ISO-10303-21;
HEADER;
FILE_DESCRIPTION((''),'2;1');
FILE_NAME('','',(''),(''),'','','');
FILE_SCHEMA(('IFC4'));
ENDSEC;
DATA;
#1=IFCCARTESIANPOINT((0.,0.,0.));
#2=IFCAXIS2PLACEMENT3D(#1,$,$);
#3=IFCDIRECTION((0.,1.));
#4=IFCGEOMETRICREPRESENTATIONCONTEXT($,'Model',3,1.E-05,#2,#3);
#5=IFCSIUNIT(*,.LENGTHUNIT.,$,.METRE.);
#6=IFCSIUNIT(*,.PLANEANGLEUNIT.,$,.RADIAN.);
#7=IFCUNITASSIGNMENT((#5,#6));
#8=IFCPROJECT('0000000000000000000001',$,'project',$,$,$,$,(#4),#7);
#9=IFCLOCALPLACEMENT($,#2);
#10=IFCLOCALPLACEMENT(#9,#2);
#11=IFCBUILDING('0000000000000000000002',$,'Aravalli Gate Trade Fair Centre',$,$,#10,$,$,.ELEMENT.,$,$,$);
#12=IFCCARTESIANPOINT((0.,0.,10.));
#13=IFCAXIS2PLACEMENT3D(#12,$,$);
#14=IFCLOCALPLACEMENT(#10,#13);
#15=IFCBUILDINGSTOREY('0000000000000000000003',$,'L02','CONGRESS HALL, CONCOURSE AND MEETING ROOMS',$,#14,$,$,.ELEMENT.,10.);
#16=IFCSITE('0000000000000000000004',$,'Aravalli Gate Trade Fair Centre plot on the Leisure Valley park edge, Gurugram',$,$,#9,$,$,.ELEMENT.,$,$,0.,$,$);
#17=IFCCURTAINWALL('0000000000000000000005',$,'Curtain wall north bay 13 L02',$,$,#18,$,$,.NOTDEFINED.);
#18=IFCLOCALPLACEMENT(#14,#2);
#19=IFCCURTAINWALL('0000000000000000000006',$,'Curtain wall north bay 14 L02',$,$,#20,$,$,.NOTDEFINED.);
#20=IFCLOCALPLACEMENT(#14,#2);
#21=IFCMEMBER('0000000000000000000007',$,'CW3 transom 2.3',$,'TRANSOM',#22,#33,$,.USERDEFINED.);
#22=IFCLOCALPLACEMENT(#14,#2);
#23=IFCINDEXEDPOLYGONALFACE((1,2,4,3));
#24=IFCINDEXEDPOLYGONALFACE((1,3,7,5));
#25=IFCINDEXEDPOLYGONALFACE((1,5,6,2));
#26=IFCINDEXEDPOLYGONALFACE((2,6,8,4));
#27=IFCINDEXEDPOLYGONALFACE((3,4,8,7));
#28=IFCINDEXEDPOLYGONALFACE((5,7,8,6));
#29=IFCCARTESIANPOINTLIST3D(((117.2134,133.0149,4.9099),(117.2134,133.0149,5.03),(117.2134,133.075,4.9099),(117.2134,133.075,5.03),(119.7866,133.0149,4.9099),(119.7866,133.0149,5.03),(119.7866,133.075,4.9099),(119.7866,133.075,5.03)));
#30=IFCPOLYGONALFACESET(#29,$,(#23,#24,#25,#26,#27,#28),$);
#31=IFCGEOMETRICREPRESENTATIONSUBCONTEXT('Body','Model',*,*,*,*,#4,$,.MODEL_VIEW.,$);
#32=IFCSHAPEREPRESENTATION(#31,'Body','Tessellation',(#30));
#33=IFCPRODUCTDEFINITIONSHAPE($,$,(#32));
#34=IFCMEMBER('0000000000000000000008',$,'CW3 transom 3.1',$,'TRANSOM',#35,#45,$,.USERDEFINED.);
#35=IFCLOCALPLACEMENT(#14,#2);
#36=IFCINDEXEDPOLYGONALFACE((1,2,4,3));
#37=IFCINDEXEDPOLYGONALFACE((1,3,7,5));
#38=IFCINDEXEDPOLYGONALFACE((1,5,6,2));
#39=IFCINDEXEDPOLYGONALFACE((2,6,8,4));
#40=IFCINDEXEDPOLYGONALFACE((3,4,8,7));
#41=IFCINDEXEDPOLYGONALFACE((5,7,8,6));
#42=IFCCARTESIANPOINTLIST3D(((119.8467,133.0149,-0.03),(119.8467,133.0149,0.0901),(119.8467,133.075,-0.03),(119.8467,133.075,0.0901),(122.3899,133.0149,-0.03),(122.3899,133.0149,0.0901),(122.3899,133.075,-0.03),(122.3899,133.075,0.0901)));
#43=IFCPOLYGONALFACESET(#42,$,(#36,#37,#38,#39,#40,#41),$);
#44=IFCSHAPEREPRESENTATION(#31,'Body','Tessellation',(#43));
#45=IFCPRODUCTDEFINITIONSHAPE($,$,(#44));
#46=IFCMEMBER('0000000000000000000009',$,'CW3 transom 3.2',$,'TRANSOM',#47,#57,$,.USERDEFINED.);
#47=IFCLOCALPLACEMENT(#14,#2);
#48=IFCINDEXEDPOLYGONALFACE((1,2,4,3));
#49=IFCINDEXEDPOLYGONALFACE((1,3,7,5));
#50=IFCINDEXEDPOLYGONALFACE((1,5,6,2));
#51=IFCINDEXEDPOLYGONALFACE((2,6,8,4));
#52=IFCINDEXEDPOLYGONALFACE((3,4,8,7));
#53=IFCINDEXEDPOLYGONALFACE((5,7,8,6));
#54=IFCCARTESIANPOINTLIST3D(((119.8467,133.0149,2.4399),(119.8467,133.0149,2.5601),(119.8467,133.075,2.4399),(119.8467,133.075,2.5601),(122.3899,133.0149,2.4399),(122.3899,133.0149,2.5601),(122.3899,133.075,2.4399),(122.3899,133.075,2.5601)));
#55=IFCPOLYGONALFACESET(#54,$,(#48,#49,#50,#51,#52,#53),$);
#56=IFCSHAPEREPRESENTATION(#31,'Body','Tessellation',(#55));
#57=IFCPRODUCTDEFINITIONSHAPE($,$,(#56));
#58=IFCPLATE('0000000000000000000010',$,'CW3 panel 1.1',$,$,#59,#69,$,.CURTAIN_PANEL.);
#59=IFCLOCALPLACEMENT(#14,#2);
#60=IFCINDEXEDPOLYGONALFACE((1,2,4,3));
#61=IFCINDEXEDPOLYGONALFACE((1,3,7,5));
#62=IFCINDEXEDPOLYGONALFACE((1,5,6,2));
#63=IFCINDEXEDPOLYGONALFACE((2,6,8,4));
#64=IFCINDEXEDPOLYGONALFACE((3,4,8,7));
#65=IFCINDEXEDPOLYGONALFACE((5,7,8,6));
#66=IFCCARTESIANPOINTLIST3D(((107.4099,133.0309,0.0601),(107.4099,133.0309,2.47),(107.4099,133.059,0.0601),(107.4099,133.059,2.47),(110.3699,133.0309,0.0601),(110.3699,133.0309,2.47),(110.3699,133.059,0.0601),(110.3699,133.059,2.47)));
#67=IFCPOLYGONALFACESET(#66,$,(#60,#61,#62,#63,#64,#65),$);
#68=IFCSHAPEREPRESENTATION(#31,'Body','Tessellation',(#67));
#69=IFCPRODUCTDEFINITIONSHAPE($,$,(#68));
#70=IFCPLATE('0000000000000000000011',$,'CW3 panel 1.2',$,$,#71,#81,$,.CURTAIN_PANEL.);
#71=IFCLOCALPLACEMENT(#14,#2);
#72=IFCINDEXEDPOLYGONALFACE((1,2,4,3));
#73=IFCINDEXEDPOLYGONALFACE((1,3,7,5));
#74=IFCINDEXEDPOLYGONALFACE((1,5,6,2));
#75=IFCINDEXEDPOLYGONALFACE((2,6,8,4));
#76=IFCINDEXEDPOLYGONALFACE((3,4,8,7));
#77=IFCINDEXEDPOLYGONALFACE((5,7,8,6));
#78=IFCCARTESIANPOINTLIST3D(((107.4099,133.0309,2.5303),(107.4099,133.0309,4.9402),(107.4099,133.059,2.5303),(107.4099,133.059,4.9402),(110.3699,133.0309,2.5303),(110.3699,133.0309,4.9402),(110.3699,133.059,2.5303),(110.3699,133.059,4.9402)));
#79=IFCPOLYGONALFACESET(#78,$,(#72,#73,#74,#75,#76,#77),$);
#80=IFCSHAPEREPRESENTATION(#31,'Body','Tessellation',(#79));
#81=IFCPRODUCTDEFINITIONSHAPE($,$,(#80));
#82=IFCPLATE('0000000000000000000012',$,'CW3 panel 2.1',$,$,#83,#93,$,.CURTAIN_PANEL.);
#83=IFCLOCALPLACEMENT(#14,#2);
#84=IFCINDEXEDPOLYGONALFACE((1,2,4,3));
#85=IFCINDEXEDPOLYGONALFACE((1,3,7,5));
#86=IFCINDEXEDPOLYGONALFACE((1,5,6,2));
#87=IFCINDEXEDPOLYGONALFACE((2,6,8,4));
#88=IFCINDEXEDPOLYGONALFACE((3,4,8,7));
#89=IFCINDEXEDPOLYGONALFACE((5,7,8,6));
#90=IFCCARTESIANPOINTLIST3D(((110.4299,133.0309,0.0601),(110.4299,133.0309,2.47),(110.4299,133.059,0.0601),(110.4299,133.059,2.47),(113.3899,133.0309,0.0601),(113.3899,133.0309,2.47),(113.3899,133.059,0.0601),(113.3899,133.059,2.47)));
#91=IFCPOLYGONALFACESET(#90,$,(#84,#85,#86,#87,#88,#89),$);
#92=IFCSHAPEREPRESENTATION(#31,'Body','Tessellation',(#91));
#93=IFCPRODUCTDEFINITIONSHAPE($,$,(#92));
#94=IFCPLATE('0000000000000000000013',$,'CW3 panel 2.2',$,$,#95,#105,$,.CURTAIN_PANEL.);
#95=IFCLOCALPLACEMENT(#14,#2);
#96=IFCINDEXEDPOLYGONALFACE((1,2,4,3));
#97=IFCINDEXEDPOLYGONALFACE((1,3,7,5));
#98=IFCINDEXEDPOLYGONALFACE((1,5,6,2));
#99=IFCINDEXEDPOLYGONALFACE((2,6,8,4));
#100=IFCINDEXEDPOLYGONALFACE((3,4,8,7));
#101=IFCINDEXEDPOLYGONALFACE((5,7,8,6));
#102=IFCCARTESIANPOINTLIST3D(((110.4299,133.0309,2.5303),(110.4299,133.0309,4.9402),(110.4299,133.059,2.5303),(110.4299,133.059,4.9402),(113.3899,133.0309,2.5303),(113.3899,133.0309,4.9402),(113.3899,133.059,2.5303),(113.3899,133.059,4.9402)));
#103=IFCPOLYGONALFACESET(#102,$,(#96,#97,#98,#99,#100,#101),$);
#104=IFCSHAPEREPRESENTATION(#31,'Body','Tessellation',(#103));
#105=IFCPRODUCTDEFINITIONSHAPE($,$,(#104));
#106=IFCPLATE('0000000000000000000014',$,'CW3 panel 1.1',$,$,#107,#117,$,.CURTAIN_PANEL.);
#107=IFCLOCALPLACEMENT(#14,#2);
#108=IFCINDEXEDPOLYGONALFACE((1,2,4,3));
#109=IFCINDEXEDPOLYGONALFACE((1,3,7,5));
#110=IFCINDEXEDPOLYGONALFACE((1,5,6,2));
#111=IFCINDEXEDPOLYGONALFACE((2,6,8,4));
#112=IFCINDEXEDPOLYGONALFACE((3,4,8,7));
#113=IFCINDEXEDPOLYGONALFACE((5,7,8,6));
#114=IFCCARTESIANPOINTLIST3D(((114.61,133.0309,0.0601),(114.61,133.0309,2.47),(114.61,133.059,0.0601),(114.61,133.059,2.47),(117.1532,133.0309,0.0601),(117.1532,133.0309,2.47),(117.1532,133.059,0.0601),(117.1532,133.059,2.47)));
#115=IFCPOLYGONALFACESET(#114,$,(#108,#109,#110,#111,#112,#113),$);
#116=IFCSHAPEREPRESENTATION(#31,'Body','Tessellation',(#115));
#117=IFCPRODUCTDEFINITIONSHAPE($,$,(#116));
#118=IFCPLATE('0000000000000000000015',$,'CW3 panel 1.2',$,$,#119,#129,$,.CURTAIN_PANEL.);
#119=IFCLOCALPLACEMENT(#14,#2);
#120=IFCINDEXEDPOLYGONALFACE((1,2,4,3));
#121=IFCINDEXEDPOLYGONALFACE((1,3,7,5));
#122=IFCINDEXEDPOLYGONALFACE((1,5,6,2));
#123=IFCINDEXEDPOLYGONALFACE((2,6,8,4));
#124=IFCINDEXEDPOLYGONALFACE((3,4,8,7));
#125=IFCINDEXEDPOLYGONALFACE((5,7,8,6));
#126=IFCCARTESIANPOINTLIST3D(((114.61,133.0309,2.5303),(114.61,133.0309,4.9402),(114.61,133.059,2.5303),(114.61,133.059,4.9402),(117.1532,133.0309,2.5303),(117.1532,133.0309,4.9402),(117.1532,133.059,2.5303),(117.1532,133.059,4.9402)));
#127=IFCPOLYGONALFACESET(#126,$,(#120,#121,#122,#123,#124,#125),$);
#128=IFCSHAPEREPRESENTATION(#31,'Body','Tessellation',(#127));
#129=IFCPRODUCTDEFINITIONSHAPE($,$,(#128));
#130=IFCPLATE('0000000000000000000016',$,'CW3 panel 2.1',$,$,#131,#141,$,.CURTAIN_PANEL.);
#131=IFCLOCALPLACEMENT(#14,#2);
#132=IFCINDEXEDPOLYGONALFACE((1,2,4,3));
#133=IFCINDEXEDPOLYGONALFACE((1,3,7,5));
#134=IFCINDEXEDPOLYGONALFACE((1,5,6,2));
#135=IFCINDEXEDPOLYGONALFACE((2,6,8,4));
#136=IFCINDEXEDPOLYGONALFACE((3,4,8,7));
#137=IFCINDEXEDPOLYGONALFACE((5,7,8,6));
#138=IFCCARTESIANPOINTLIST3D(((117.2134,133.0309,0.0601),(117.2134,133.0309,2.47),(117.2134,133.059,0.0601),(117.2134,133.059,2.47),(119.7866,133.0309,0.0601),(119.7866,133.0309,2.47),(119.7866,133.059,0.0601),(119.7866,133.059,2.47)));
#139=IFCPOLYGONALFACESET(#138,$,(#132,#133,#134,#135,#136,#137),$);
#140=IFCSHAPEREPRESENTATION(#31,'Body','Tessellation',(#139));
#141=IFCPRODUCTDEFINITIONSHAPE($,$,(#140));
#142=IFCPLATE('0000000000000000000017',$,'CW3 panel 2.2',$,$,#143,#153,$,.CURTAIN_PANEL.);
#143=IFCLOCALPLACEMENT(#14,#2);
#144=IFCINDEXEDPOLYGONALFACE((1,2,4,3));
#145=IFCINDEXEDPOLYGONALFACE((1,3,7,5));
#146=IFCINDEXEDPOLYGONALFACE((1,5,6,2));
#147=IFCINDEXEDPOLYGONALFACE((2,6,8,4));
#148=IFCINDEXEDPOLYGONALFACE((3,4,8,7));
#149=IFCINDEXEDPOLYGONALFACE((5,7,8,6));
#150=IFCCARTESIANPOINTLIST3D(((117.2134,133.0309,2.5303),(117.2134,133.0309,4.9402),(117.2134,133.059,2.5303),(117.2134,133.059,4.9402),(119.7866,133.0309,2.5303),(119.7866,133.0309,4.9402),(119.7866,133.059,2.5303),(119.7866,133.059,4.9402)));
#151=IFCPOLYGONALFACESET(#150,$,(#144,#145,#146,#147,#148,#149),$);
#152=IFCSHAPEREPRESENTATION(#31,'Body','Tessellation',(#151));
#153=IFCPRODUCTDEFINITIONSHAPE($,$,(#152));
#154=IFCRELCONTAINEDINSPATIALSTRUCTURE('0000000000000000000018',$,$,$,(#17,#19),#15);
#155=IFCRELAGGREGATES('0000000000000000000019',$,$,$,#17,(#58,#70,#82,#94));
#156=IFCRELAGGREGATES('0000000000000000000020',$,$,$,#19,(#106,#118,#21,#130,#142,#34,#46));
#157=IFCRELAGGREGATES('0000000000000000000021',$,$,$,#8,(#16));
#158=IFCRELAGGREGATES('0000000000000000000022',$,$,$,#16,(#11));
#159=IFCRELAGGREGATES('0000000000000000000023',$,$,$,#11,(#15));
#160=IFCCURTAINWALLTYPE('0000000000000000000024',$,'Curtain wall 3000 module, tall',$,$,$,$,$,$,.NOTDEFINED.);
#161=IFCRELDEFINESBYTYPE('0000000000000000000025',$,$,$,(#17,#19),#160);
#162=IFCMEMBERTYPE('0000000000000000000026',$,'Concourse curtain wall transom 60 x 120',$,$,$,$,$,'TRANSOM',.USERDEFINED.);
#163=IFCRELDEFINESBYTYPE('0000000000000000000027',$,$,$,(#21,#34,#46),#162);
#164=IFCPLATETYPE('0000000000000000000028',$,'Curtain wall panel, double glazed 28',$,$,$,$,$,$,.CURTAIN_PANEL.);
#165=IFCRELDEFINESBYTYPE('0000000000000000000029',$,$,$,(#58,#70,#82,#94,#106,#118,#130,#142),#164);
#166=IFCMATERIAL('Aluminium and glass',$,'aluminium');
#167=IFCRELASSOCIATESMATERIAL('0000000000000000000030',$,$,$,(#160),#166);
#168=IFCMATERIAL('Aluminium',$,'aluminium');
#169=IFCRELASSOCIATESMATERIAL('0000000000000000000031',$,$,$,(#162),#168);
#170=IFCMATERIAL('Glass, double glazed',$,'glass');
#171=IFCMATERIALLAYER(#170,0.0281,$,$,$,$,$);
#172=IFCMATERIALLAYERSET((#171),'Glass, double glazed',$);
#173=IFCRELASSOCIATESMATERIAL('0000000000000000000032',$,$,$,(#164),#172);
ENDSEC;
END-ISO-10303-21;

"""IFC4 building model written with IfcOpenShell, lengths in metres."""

from ifc_helpers import new_model, si_unit, direction, frame, origin, origin_2d, place, context, subcontext, project, spatial, rectangle, extrude, material, layer, layer_set, material_profile, profile_set, type_object, element, aggregate, save


model = new_model("IFC4")

# Units and contexts
model_context = context("Model", 3, precision=1e-05, world=origin(), true_north=direction((0.0, 1.0)))
body_context = subcontext(model_context, "Body", "Model", "MODEL_VIEW")
ifc_project = project(units=[si_unit("LENGTHUNIT", "METRE"), si_unit("PLANEANGLEUNIT", "RADIAN")], contexts=[model_context])

# Site, building, storey
site_placement = place(None, origin())
site = spatial("IfcSite", under=ifc_project, at=site_placement, Name="Aravalli Gate Trade Fair Centre plot on the Leisure Valley park edge, Gurugram", CompositionType="ELEMENT", RefElevation=0.0)
building_placement = place(site_placement, origin())
building = spatial("IfcBuilding", under=site, at=building_placement, Name="Aravalli Gate Trade Fair Centre", CompositionType="ELEMENT")
storey_placement = place(building_placement, frame((0.0, 0.0, 10.0)))
storey = spatial("IfcBuildingStorey", under=building, at=storey_placement, Name="L02", Description="CONGRESS HALL, CONCOURSE AND MEETING ROOMS", CompositionType="ELEMENT", Elevation=10.0)

# Curtain walls
ifc_material_1 = material(Name="Aluminium and glass", Category="aluminium")
curtain_wall_type = type_object("IfcCurtainWallType", Name="Curtain wall 3000 module, tall", PredefinedType="NOTDEFINED", material=ifc_material_1)
curtain_wall_1_placement = place(storey_placement, origin())
curtain_wall_1 = element("IfcCurtainWall", 1, at=curtain_wall_1_placement, inside=storey, type_object=curtain_wall_type, Name="Curtain wall north bay 13 L02", PredefinedType="NOTDEFINED")
ifc_material_2 = material(Name="Aluminium", Category="aluminium")
curtain_wall_2_placement = place(storey_placement, origin())
curtain_wall_2 = element("IfcCurtainWall", 2, at=curtain_wall_2_placement, inside=storey, type_object=curtain_wall_type, Name="Curtain wall north bay 14 L02", PredefinedType="NOTDEFINED")

# Members
ifc_material_profile_1 = material_profile(ifc_material_2, rectangle(XDim=0.0601, YDim=0.1201, at=origin_2d()), Name="Concourse curtain wall transom 60 x 120")
ifc_profile_set_1 = profile_set([ifc_material_profile_1], Name="Aluminium")
member_type_1 = type_object("IfcMemberType", Name="Concourse curtain wall transom 60 x 120", ElementType="TRANSOM", PredefinedType="USERDEFINED", material=ifc_profile_set_1)
member_1_placement = place(storey_placement, frame((117.2134, 133.0449, 4.97), z_axis=(1.0, 0.0, 0.0), x_axis=(0.0, 1.0, 0.0)))
member_1 = element("IfcMember", 3, at=member_1_placement, type_object=member_type_1, Name="CW3 transom 2.3", ObjectType="TRANSOM", PredefinedType="USERDEFINED", context=body_context, shape_type="SweptSolid", body=[
    extrude(rectangle(XDim=0.0601, YDim=0.1201, at=origin_2d()), origin(), (0.0, 0.0, 1.0), 2.5732),
])
member_2_placement = place(storey_placement, frame((119.8467, 133.0449, 0.03), z_axis=(1.0, 0.0, 0.0), x_axis=(0.0, 1.0, 0.0)))
member_2 = element("IfcMember", 4, at=member_2_placement, type_object=member_type_1, Name="CW3 transom 3.1", ObjectType="TRANSOM", PredefinedType="USERDEFINED", context=body_context, shape_type="SweptSolid", body=[
    extrude(rectangle(XDim=0.0601, YDim=0.1201, at=origin_2d()), origin(), (0.0, 0.0, 1.0), 2.5432),
])
member_3_placement = place(storey_placement, frame((119.8467, 133.0449, 2.5), z_axis=(1.0, 0.0, 0.0), x_axis=(0.0, 1.0, 0.0)))
member_3 = element("IfcMember", 5, at=member_3_placement, type_object=member_type_1, Name="CW3 transom 3.2", ObjectType="TRANSOM", PredefinedType="USERDEFINED", context=body_context, shape_type="SweptSolid", body=[
    extrude(rectangle(XDim=0.0601, YDim=0.1201, at=origin_2d()), origin(), (0.0, 0.0, 1.0), 2.5432),
])

# Plates
ifc_material_3 = material(Name="Glass, double glazed", Category="glass")
ifc_layer = layer(ifc_material_3, 0.0281)
ifc_layer_set = layer_set([ifc_layer], Name="Glass, double glazed")
plate_type = type_object("IfcPlateType", Name="Curtain wall panel, double glazed 28", PredefinedType="CURTAIN_PANEL", material=ifc_layer_set)
plate_1_placement = place(storey_placement, frame((108.8899, 133.0449, 0.0601), z_axis=(0.0, 0.0, 1.0), x_axis=(1.0, 0.0, 0.0)))
plate_1 = element("IfcPlate", 6, at=plate_1_placement, type_object=plate_type, Name="CW3 panel 1.1", PredefinedType="CURTAIN_PANEL", context=body_context, shape_type="SweptSolid", body=[
    extrude(rectangle(XDim=2.96, YDim=0.0281, at=origin_2d()), origin(), (0.0, 0.0, 1.0), 2.4099),
])
plate_2_placement = place(storey_placement, frame((108.8899, 133.0449, 2.5303), z_axis=(0.0, 0.0, 1.0), x_axis=(1.0, 0.0, 0.0)))
plate_2 = element("IfcPlate", 7, at=plate_2_placement, type_object=plate_type, Name="CW3 panel 1.2", PredefinedType="CURTAIN_PANEL", context=body_context, shape_type="SweptSolid", body=[
    extrude(rectangle(XDim=2.96, YDim=0.0281, at=origin_2d()), origin(), (0.0, 0.0, 1.0), 2.4099),
])
plate_3_placement = place(storey_placement, frame((111.9099, 133.0449, 0.0601), z_axis=(0.0, 0.0, 1.0), x_axis=(1.0, 0.0, 0.0)))
plate_3 = element("IfcPlate", 8, at=plate_3_placement, type_object=plate_type, Name="CW3 panel 2.1", PredefinedType="CURTAIN_PANEL", context=body_context, shape_type="SweptSolid", body=[
    extrude(rectangle(XDim=2.96, YDim=0.0281, at=origin_2d()), origin(), (0.0, 0.0, 1.0), 2.4099),
])
plate_4_placement = place(storey_placement, frame((111.9099, 133.0449, 2.5303), z_axis=(0.0, 0.0, 1.0), x_axis=(1.0, 0.0, 0.0)))
plate_4 = element("IfcPlate", 9, at=plate_4_placement, type_object=plate_type, Name="CW3 panel 2.2", PredefinedType="CURTAIN_PANEL", context=body_context, shape_type="SweptSolid", body=[
    extrude(rectangle(XDim=2.96, YDim=0.0281, at=origin_2d()), origin(), (0.0, 0.0, 1.0), 2.4099),
])
aggregate(curtain_wall_1, [plate_1, plate_2, plate_3, plate_4])
plate_5_placement = place(storey_placement, frame((115.8816, 133.0449, 0.0601), z_axis=(0.0, 0.0, 1.0), x_axis=(1.0, 0.0, 0.0)))
plate_5 = element("IfcPlate", 10, at=plate_5_placement, type_object=plate_type, Name="CW3 panel 1.1", PredefinedType="CURTAIN_PANEL", context=body_context, shape_type="SweptSolid", body=[
    extrude(rectangle(XDim=2.5432, YDim=0.0281, at=origin_2d()), origin(), (0.0, 0.0, 1.0), 2.4099),
])
plate_6_placement = place(storey_placement, frame((115.8816, 133.0449, 2.5303), z_axis=(0.0, 0.0, 1.0), x_axis=(1.0, 0.0, 0.0)))
plate_6 = element("IfcPlate", 11, at=plate_6_placement, type_object=plate_type, Name="CW3 panel 1.2", PredefinedType="CURTAIN_PANEL", context=body_context, shape_type="SweptSolid", body=[
    extrude(rectangle(XDim=2.5432, YDim=0.0281, at=origin_2d()), origin(), (0.0, 0.0, 1.0), 2.4099),
])
plate_7_placement = place(storey_placement, frame((118.5, 133.0449, 0.0601), z_axis=(0.0, 0.0, 1.0), x_axis=(1.0, 0.0, 0.0)))
plate_7 = element("IfcPlate", 12, at=plate_7_placement, type_object=plate_type, Name="CW3 panel 2.1", PredefinedType="CURTAIN_PANEL", context=body_context, shape_type="SweptSolid", body=[
    extrude(rectangle(XDim=2.5732, YDim=0.0281, at=origin_2d()), origin(), (0.0, 0.0, 1.0), 2.4099),
])
plate_8_placement = place(storey_placement, frame((118.5, 133.0449, 2.5303), z_axis=(0.0, 0.0, 1.0), x_axis=(1.0, 0.0, 0.0)))
plate_8 = element("IfcPlate", 13, at=plate_8_placement, type_object=plate_type, Name="CW3 panel 2.2", PredefinedType="CURTAIN_PANEL", context=body_context, shape_type="SweptSolid", body=[
    extrude(rectangle(XDim=2.5732, YDim=0.0281, at=origin_2d()), origin(), (0.0, 0.0, 1.0), 2.4099),
])
aggregate(curtain_wall_2, [plate_5, plate_6, member_1, plate_7, plate_8, member_2, member_3])

save(model, "model.ifc")
